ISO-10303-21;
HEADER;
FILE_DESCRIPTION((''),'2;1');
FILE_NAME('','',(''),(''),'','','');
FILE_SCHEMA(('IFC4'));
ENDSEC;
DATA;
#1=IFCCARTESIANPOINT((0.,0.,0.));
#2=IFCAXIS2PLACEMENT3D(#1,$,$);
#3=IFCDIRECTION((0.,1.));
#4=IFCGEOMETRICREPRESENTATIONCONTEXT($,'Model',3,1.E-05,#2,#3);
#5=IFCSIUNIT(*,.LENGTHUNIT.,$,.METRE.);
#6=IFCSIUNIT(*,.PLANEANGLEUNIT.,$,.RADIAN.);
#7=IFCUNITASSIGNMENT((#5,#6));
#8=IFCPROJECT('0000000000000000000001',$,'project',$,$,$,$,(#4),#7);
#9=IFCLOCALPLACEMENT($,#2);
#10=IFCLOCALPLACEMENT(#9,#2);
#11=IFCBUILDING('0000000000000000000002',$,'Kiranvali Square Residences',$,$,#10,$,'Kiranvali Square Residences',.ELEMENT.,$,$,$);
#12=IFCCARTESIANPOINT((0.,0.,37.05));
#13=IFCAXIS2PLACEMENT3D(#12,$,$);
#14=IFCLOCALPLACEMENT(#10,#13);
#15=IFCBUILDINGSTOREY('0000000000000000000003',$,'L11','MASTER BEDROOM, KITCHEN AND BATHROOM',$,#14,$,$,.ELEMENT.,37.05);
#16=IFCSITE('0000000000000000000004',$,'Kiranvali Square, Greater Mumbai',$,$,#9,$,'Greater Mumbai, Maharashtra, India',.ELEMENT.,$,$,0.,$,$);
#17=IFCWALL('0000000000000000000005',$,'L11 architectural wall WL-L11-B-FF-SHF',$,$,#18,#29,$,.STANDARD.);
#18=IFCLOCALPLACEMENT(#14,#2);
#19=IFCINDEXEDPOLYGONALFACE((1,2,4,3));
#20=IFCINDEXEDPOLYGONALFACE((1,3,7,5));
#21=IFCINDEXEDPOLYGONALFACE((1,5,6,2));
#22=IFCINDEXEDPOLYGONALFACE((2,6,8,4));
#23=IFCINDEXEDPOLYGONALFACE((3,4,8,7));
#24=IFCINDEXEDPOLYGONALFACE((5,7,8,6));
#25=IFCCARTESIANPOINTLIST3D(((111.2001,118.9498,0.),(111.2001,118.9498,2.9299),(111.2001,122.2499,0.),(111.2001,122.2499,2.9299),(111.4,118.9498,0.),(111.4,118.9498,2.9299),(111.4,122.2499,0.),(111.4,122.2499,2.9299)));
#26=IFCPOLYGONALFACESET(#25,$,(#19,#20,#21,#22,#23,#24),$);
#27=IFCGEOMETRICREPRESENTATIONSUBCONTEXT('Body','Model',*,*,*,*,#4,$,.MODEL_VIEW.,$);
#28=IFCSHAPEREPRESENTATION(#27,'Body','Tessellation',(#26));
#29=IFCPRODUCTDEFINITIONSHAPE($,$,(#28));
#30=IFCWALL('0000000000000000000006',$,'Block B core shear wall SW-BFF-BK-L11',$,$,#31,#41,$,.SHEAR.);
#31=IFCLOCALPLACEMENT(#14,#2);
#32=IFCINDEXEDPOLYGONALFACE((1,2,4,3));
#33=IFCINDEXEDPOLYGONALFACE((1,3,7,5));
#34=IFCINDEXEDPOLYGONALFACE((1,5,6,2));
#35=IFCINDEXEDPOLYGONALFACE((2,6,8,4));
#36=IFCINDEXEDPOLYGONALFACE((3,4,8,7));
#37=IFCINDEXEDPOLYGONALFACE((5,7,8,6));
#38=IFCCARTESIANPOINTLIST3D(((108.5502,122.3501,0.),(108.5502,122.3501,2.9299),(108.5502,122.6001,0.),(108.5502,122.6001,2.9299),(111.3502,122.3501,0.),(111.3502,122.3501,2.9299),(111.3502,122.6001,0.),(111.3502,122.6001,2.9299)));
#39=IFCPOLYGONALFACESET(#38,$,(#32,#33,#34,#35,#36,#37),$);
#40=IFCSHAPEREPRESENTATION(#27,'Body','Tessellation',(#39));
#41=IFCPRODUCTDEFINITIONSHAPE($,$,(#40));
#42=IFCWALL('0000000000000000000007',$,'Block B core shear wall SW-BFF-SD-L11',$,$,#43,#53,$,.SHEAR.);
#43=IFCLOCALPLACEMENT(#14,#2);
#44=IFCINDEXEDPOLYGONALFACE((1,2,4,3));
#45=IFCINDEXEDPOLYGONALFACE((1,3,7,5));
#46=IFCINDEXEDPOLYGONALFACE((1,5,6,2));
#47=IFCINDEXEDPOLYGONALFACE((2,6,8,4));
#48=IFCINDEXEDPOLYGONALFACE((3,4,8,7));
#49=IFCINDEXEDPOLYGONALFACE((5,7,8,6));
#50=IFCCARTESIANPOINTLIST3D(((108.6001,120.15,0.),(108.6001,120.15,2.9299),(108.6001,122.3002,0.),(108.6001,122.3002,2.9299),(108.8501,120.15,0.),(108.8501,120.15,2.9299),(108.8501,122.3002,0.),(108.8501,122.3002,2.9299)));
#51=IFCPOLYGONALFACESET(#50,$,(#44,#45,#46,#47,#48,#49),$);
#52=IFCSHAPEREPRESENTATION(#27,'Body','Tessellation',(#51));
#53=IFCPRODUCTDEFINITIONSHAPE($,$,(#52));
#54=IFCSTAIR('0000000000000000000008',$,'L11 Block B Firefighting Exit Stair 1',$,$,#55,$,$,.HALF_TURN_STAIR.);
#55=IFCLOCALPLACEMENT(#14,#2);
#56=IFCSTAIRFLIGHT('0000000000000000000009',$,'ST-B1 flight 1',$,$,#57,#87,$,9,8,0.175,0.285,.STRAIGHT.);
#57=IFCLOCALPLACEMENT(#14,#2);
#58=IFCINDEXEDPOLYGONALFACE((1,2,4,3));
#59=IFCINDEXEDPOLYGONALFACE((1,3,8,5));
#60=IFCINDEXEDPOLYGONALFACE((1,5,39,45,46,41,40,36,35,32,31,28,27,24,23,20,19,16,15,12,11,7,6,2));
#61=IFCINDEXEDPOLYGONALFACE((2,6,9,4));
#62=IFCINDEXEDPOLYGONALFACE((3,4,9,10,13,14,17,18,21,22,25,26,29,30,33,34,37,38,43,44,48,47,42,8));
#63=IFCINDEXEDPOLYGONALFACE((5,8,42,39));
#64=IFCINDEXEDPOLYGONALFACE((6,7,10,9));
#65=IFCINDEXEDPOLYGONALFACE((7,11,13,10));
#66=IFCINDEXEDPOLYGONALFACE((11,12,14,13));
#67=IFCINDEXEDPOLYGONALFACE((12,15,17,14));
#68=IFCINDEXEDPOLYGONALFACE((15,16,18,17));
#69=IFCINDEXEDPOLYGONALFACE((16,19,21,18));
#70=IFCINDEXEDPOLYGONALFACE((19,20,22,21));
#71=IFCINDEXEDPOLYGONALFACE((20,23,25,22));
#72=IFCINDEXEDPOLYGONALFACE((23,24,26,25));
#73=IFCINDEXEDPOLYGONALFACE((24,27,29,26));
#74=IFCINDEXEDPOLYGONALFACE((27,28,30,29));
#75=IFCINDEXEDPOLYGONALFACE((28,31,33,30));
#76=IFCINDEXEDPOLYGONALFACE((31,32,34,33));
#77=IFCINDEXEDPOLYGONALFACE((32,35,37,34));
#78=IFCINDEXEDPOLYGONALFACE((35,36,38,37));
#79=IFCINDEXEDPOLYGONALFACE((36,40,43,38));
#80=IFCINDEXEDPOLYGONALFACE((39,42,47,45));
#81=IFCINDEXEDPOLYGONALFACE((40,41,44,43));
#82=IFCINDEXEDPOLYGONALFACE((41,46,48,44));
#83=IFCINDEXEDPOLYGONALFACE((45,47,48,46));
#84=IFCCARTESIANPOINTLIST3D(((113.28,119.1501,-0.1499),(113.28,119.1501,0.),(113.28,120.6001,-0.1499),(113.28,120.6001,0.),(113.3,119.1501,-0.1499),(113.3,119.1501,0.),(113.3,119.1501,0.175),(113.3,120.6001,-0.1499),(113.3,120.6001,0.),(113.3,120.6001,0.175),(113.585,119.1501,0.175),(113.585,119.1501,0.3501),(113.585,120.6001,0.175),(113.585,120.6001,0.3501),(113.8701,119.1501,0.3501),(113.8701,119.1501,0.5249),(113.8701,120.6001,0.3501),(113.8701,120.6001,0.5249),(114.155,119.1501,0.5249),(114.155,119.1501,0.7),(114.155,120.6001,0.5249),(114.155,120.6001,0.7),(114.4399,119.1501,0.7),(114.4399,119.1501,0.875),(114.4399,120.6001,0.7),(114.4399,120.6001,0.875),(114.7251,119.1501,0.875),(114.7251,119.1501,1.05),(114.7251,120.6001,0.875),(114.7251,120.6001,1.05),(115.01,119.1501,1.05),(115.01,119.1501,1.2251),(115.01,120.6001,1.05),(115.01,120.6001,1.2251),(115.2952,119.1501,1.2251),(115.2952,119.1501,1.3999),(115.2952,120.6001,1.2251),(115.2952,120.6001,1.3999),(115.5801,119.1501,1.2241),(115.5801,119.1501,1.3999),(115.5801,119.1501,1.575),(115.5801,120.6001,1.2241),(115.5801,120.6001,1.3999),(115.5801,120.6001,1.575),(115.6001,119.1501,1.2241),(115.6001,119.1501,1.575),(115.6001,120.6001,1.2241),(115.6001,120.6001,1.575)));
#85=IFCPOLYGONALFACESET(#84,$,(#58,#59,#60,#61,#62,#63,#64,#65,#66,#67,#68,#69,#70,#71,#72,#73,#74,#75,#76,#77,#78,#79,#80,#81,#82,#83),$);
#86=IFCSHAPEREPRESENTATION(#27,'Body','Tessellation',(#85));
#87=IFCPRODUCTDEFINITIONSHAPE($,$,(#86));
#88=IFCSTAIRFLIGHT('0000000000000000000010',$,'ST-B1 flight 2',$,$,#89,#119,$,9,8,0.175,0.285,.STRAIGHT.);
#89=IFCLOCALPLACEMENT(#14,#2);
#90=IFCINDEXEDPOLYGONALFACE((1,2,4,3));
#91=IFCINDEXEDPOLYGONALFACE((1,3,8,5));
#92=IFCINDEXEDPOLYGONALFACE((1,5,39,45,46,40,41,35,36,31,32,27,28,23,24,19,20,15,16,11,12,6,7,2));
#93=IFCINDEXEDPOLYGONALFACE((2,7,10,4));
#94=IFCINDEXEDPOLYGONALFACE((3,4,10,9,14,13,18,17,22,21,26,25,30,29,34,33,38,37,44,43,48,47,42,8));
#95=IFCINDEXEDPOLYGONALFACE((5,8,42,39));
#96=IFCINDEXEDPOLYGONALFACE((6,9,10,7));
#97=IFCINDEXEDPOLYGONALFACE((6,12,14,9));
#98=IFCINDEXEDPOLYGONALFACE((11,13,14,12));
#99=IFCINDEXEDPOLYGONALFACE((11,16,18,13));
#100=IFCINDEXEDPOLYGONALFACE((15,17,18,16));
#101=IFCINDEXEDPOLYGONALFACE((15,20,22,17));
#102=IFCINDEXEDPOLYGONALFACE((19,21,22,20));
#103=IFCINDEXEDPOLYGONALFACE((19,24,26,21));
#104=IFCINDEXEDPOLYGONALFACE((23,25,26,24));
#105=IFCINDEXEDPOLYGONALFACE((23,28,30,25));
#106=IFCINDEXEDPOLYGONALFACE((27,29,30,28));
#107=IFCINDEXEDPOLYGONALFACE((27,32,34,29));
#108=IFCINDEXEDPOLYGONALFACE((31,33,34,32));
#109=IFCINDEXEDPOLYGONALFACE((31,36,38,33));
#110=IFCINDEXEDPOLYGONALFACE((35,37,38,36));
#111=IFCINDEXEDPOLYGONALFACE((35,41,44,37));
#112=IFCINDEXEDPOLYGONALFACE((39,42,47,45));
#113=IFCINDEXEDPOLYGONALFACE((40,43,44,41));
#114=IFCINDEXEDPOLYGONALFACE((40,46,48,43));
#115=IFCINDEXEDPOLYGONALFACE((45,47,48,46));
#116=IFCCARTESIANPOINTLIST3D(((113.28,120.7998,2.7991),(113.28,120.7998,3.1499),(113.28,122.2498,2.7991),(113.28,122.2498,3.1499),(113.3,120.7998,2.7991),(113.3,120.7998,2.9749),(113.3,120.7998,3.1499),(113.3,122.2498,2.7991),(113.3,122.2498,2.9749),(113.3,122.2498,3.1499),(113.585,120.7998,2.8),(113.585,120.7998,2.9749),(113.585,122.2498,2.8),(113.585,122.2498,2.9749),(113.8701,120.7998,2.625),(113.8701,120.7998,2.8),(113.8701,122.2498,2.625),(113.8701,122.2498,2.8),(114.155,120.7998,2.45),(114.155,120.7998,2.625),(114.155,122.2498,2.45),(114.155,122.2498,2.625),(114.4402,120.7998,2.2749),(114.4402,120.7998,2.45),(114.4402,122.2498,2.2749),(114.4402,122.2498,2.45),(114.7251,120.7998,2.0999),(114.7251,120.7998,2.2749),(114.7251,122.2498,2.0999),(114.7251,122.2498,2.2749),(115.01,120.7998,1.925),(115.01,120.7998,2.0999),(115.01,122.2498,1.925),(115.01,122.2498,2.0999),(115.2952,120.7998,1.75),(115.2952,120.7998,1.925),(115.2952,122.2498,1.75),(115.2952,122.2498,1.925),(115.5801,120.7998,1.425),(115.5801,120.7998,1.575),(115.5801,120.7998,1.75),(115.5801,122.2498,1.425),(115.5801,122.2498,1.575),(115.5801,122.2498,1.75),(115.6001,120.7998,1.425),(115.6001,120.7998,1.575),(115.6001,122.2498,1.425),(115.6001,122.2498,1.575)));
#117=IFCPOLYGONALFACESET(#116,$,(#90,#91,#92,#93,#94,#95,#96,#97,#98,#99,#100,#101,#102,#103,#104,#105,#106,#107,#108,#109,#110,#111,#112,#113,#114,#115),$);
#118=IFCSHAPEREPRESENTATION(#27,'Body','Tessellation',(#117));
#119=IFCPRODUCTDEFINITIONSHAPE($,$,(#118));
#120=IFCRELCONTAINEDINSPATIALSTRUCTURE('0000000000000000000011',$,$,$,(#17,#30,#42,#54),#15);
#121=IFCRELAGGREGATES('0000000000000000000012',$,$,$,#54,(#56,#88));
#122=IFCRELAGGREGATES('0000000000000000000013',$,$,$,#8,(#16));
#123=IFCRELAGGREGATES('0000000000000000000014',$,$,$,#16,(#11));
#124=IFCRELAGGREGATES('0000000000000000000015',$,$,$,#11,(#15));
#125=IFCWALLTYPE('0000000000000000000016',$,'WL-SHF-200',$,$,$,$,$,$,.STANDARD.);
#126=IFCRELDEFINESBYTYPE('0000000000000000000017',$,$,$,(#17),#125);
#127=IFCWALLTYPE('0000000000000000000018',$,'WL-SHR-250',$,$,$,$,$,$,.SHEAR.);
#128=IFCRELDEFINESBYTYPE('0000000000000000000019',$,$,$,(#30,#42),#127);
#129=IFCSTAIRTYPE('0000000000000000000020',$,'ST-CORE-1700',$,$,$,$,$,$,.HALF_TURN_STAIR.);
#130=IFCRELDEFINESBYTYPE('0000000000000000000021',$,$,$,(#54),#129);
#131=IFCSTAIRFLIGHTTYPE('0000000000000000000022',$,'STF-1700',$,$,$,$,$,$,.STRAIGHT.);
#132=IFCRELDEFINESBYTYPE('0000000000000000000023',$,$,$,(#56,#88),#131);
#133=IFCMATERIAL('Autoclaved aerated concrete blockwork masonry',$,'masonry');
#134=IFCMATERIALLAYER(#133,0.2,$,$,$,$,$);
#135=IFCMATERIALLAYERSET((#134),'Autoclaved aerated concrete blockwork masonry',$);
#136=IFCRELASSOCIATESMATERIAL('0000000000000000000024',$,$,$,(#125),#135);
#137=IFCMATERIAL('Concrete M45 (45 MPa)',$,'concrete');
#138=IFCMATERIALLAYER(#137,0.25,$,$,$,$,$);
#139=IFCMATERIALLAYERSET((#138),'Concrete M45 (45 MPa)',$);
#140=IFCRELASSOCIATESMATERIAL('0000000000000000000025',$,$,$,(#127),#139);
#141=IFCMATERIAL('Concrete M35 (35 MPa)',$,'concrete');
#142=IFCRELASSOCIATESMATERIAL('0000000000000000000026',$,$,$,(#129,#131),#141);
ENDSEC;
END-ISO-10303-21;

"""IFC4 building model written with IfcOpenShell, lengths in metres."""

from ifc_helpers import new_model, si_unit, direction, frame, frame_2d, origin, place, context, subcontext, project, spatial, polyline, rectangle, outline, extrude, material, layer, layer_set, type_object, element, aggregate, save


model = new_model("IFC4")

# Units and contexts
model_context = context("Model", 3, precision=1e-05, world=origin(), true_north=direction((0.0, 1.0)))
body_context = subcontext(model_context, "Body", "Model", "MODEL_VIEW")
ifc_project = project(units=[si_unit("LENGTHUNIT", "METRE"), si_unit("PLANEANGLEUNIT", "RADIAN")], contexts=[model_context])

# Site, building, storey
site_placement = place(None, origin())
site = spatial("IfcSite", under=ifc_project, at=site_placement, Name="Kiranvali Square, Greater Mumbai", LongName="Greater Mumbai, Maharashtra, India", CompositionType="ELEMENT", RefElevation=0.0)
building_placement = place(site_placement, origin())
building = spatial("IfcBuilding", under=site, at=building_placement, Name="Kiranvali Square Residences", LongName="Kiranvali Square Residences", CompositionType="ELEMENT")
storey_placement = place(building_placement, frame((0.0, 0.0, 37.05)))
storey = spatial("IfcBuildingStorey", under=building, at=storey_placement, Name="L11", Description="MASTER BEDROOM, KITCHEN AND BATHROOM", CompositionType="ELEMENT", Elevation=37.05)

# Shared definitions
ifc_material_1 = material(Name="Autoclaved aerated concrete blockwork masonry", Category="masonry")

# Walls
ifc_layer_1 = layer(ifc_material_1, 0.2)
ifc_layer_set_1 = layer_set([ifc_layer_1], Name="Autoclaved aerated concrete blockwork masonry")
wall_type_1 = type_object("IfcWallType", Name="WL-SHF-200", PredefinedType="STANDARD", material=ifc_layer_set_1)
wall_1_placement = place(storey_placement, frame((111.3, 118.95, 0.0), z_axis=(0.0, 0.0, 1.0), x_axis=(0.0, 1.0, 0.0)))
element("IfcWall", 1, at=wall_1_placement, inside=storey, type_object=wall_type_1, Name="L11 architectural wall WL-L11-B-FF-SHF", PredefinedType="STANDARD", context=body_context, shape_type="SweptSolid", body=[
    extrude(rectangle(XDim=3.3, YDim=0.2, at=frame_2d((1.6499, 0.0))), origin(), (0.0, 0.0, 1.0), 2.9299),
])
ifc_material_2 = material(Name="Concrete M45 (45 MPa)", Category="concrete")
ifc_layer_2 = layer(ifc_material_2, 0.25)
ifc_layer_set_2 = layer_set([ifc_layer_2], Name="Concrete M45 (45 MPa)")
wall_type_2 = type_object("IfcWallType", Name="WL-SHR-250", PredefinedType="SHEAR", material=ifc_layer_set_2)
wall_2_placement = place(storey_placement, frame((111.3501, 122.4751, 0.0), z_axis=(0.0, 0.0, 1.0), x_axis=(-1.0, 0.0, 0.0)))
element("IfcWall", 2, at=wall_2_placement, inside=storey, type_object=wall_type_2, Name="Block B core shear wall SW-BFF-BK-L11", PredefinedType="SHEAR", context=body_context, shape_type="SweptSolid", body=[
    extrude(rectangle(XDim=2.8, YDim=0.25, at=frame_2d((1.3999, 0.0))), origin(), (0.0, 0.0, 1.0), 2.9299),
])
wall_3_placement = place(storey_placement, frame((108.7251, 120.1499, 0.0), z_axis=(0.0, 0.0, 1.0), x_axis=(0.0, 1.0, 0.0)))
element("IfcWall", 3, at=wall_3_placement, inside=storey, type_object=wall_type_2, Name="Block B core shear wall SW-BFF-SD-L11", PredefinedType="SHEAR", context=body_context, shape_type="SweptSolid", body=[
    extrude(rectangle(XDim=2.1501, YDim=0.25, at=frame_2d((1.0752, 0.0))), origin(), (0.0, 0.0, 1.0), 2.9299),
])

# Stair, stair flights
ifc_material_3 = material(Name="Concrete M35 (35 MPa)", Category="concrete")
stair_type = type_object("IfcStairType", Name="ST-CORE-1700", PredefinedType="HALF_TURN_STAIR", material=ifc_material_3)
stair_placement = place(storey_placement, origin())
stair = element("IfcStair", 4, at=stair_placement, inside=storey, type_object=stair_type, Name="L11 Block B Firefighting Exit Stair 1", PredefinedType="HALF_TURN_STAIR")
stair_flight_type = type_object("IfcStairFlightType", Name="STF-1700", PredefinedType="STRAIGHT", material=ifc_material_3)
stair_flight_1_placement = place(storey_placement, frame((113.3, 119.875, 0.0), z_axis=(0.0, 0.0, 1.0), x_axis=(1.0, 0.0, 0.0)))
stair_flight_1 = element("IfcStairFlight", 5, at=stair_flight_1_placement, type_object=stair_flight_type, Name="ST-B1 flight 1", NumberOfRisers=9, NumberOfTreads=8, PredefinedType="STRAIGHT", RiserHeight=0.175, TreadLength=0.285, context=body_context, shape_type="SweptSolid", body=[
    extrude(outline(polyline([(-0.02, -0.1499), (-0.02, 0.0), (0.0, 0.0), (0.0, 0.175), (0.2849, 0.175), (0.2849, 0.3501), (0.5701, 0.3501), (0.5701, 0.5249), (0.855, 0.5249), (0.855, 0.7), (1.1399, 0.7), (1.1399, 0.875), (1.425, 0.875), (1.425, 1.05), (1.71, 1.05), (1.71, 1.2251), (1.9951, 1.2251), (1.9951, 1.3999), (2.28, 1.3999), (2.28, 1.575), (2.3, 1.575), (2.3, 1.2241), (2.28, 1.2241), (0.0, -0.1499), (-0.02, -0.1499)])), frame((0.0, 0.7251, 0.0), z_axis=(0.0, -1.0, 0.0), x_axis=(1.0, 0.0, 0.0)), (0.0, 0.0, 1.0), 1.45),
])
stair_flight_2_placement = place(storey_placement, frame((115.5801, 121.5249, 1.575), z_axis=(0.0, 0.0, 1.0), x_axis=(-1.0, 0.0, 0.0)))
stair_flight_2 = element("IfcStairFlight", 6, at=stair_flight_2_placement, type_object=stair_flight_type, Name="ST-B1 flight 2", NumberOfRisers=9, NumberOfTreads=8, PredefinedType="STRAIGHT", RiserHeight=0.175, TreadLength=0.285, context=body_context, shape_type="SweptSolid", body=[
    extrude(outline(polyline([(-0.02, -0.1499), (-0.02, 0.0), (0.0, 0.0), (0.0, 0.175), (0.2849, 0.175), (0.2849, 0.3501), (0.5701, 0.3501), (0.5701, 0.5249), (0.855, 0.5249), (0.855, 0.7), (1.1399, 0.7), (1.1399, 0.875), (1.425, 0.875), (1.425, 1.05), (1.71, 1.05), (1.71, 1.2251), (1.9951, 1.2251), (1.9951, 1.3999), (2.28, 1.3999), (2.28, 1.575), (2.3, 1.575), (2.3, 1.2241), (2.28, 1.2241), (0.0, -0.1499), (-0.02, -0.1499)])), frame((0.0, 0.7251, 0.0), z_axis=(0.0, -1.0, 0.0), x_axis=(1.0, 0.0, 0.0)), (0.0, 0.0, 1.0), 1.45),
])
aggregate(stair, [stair_flight_1, stair_flight_2])

save(model, "model.ifc")
